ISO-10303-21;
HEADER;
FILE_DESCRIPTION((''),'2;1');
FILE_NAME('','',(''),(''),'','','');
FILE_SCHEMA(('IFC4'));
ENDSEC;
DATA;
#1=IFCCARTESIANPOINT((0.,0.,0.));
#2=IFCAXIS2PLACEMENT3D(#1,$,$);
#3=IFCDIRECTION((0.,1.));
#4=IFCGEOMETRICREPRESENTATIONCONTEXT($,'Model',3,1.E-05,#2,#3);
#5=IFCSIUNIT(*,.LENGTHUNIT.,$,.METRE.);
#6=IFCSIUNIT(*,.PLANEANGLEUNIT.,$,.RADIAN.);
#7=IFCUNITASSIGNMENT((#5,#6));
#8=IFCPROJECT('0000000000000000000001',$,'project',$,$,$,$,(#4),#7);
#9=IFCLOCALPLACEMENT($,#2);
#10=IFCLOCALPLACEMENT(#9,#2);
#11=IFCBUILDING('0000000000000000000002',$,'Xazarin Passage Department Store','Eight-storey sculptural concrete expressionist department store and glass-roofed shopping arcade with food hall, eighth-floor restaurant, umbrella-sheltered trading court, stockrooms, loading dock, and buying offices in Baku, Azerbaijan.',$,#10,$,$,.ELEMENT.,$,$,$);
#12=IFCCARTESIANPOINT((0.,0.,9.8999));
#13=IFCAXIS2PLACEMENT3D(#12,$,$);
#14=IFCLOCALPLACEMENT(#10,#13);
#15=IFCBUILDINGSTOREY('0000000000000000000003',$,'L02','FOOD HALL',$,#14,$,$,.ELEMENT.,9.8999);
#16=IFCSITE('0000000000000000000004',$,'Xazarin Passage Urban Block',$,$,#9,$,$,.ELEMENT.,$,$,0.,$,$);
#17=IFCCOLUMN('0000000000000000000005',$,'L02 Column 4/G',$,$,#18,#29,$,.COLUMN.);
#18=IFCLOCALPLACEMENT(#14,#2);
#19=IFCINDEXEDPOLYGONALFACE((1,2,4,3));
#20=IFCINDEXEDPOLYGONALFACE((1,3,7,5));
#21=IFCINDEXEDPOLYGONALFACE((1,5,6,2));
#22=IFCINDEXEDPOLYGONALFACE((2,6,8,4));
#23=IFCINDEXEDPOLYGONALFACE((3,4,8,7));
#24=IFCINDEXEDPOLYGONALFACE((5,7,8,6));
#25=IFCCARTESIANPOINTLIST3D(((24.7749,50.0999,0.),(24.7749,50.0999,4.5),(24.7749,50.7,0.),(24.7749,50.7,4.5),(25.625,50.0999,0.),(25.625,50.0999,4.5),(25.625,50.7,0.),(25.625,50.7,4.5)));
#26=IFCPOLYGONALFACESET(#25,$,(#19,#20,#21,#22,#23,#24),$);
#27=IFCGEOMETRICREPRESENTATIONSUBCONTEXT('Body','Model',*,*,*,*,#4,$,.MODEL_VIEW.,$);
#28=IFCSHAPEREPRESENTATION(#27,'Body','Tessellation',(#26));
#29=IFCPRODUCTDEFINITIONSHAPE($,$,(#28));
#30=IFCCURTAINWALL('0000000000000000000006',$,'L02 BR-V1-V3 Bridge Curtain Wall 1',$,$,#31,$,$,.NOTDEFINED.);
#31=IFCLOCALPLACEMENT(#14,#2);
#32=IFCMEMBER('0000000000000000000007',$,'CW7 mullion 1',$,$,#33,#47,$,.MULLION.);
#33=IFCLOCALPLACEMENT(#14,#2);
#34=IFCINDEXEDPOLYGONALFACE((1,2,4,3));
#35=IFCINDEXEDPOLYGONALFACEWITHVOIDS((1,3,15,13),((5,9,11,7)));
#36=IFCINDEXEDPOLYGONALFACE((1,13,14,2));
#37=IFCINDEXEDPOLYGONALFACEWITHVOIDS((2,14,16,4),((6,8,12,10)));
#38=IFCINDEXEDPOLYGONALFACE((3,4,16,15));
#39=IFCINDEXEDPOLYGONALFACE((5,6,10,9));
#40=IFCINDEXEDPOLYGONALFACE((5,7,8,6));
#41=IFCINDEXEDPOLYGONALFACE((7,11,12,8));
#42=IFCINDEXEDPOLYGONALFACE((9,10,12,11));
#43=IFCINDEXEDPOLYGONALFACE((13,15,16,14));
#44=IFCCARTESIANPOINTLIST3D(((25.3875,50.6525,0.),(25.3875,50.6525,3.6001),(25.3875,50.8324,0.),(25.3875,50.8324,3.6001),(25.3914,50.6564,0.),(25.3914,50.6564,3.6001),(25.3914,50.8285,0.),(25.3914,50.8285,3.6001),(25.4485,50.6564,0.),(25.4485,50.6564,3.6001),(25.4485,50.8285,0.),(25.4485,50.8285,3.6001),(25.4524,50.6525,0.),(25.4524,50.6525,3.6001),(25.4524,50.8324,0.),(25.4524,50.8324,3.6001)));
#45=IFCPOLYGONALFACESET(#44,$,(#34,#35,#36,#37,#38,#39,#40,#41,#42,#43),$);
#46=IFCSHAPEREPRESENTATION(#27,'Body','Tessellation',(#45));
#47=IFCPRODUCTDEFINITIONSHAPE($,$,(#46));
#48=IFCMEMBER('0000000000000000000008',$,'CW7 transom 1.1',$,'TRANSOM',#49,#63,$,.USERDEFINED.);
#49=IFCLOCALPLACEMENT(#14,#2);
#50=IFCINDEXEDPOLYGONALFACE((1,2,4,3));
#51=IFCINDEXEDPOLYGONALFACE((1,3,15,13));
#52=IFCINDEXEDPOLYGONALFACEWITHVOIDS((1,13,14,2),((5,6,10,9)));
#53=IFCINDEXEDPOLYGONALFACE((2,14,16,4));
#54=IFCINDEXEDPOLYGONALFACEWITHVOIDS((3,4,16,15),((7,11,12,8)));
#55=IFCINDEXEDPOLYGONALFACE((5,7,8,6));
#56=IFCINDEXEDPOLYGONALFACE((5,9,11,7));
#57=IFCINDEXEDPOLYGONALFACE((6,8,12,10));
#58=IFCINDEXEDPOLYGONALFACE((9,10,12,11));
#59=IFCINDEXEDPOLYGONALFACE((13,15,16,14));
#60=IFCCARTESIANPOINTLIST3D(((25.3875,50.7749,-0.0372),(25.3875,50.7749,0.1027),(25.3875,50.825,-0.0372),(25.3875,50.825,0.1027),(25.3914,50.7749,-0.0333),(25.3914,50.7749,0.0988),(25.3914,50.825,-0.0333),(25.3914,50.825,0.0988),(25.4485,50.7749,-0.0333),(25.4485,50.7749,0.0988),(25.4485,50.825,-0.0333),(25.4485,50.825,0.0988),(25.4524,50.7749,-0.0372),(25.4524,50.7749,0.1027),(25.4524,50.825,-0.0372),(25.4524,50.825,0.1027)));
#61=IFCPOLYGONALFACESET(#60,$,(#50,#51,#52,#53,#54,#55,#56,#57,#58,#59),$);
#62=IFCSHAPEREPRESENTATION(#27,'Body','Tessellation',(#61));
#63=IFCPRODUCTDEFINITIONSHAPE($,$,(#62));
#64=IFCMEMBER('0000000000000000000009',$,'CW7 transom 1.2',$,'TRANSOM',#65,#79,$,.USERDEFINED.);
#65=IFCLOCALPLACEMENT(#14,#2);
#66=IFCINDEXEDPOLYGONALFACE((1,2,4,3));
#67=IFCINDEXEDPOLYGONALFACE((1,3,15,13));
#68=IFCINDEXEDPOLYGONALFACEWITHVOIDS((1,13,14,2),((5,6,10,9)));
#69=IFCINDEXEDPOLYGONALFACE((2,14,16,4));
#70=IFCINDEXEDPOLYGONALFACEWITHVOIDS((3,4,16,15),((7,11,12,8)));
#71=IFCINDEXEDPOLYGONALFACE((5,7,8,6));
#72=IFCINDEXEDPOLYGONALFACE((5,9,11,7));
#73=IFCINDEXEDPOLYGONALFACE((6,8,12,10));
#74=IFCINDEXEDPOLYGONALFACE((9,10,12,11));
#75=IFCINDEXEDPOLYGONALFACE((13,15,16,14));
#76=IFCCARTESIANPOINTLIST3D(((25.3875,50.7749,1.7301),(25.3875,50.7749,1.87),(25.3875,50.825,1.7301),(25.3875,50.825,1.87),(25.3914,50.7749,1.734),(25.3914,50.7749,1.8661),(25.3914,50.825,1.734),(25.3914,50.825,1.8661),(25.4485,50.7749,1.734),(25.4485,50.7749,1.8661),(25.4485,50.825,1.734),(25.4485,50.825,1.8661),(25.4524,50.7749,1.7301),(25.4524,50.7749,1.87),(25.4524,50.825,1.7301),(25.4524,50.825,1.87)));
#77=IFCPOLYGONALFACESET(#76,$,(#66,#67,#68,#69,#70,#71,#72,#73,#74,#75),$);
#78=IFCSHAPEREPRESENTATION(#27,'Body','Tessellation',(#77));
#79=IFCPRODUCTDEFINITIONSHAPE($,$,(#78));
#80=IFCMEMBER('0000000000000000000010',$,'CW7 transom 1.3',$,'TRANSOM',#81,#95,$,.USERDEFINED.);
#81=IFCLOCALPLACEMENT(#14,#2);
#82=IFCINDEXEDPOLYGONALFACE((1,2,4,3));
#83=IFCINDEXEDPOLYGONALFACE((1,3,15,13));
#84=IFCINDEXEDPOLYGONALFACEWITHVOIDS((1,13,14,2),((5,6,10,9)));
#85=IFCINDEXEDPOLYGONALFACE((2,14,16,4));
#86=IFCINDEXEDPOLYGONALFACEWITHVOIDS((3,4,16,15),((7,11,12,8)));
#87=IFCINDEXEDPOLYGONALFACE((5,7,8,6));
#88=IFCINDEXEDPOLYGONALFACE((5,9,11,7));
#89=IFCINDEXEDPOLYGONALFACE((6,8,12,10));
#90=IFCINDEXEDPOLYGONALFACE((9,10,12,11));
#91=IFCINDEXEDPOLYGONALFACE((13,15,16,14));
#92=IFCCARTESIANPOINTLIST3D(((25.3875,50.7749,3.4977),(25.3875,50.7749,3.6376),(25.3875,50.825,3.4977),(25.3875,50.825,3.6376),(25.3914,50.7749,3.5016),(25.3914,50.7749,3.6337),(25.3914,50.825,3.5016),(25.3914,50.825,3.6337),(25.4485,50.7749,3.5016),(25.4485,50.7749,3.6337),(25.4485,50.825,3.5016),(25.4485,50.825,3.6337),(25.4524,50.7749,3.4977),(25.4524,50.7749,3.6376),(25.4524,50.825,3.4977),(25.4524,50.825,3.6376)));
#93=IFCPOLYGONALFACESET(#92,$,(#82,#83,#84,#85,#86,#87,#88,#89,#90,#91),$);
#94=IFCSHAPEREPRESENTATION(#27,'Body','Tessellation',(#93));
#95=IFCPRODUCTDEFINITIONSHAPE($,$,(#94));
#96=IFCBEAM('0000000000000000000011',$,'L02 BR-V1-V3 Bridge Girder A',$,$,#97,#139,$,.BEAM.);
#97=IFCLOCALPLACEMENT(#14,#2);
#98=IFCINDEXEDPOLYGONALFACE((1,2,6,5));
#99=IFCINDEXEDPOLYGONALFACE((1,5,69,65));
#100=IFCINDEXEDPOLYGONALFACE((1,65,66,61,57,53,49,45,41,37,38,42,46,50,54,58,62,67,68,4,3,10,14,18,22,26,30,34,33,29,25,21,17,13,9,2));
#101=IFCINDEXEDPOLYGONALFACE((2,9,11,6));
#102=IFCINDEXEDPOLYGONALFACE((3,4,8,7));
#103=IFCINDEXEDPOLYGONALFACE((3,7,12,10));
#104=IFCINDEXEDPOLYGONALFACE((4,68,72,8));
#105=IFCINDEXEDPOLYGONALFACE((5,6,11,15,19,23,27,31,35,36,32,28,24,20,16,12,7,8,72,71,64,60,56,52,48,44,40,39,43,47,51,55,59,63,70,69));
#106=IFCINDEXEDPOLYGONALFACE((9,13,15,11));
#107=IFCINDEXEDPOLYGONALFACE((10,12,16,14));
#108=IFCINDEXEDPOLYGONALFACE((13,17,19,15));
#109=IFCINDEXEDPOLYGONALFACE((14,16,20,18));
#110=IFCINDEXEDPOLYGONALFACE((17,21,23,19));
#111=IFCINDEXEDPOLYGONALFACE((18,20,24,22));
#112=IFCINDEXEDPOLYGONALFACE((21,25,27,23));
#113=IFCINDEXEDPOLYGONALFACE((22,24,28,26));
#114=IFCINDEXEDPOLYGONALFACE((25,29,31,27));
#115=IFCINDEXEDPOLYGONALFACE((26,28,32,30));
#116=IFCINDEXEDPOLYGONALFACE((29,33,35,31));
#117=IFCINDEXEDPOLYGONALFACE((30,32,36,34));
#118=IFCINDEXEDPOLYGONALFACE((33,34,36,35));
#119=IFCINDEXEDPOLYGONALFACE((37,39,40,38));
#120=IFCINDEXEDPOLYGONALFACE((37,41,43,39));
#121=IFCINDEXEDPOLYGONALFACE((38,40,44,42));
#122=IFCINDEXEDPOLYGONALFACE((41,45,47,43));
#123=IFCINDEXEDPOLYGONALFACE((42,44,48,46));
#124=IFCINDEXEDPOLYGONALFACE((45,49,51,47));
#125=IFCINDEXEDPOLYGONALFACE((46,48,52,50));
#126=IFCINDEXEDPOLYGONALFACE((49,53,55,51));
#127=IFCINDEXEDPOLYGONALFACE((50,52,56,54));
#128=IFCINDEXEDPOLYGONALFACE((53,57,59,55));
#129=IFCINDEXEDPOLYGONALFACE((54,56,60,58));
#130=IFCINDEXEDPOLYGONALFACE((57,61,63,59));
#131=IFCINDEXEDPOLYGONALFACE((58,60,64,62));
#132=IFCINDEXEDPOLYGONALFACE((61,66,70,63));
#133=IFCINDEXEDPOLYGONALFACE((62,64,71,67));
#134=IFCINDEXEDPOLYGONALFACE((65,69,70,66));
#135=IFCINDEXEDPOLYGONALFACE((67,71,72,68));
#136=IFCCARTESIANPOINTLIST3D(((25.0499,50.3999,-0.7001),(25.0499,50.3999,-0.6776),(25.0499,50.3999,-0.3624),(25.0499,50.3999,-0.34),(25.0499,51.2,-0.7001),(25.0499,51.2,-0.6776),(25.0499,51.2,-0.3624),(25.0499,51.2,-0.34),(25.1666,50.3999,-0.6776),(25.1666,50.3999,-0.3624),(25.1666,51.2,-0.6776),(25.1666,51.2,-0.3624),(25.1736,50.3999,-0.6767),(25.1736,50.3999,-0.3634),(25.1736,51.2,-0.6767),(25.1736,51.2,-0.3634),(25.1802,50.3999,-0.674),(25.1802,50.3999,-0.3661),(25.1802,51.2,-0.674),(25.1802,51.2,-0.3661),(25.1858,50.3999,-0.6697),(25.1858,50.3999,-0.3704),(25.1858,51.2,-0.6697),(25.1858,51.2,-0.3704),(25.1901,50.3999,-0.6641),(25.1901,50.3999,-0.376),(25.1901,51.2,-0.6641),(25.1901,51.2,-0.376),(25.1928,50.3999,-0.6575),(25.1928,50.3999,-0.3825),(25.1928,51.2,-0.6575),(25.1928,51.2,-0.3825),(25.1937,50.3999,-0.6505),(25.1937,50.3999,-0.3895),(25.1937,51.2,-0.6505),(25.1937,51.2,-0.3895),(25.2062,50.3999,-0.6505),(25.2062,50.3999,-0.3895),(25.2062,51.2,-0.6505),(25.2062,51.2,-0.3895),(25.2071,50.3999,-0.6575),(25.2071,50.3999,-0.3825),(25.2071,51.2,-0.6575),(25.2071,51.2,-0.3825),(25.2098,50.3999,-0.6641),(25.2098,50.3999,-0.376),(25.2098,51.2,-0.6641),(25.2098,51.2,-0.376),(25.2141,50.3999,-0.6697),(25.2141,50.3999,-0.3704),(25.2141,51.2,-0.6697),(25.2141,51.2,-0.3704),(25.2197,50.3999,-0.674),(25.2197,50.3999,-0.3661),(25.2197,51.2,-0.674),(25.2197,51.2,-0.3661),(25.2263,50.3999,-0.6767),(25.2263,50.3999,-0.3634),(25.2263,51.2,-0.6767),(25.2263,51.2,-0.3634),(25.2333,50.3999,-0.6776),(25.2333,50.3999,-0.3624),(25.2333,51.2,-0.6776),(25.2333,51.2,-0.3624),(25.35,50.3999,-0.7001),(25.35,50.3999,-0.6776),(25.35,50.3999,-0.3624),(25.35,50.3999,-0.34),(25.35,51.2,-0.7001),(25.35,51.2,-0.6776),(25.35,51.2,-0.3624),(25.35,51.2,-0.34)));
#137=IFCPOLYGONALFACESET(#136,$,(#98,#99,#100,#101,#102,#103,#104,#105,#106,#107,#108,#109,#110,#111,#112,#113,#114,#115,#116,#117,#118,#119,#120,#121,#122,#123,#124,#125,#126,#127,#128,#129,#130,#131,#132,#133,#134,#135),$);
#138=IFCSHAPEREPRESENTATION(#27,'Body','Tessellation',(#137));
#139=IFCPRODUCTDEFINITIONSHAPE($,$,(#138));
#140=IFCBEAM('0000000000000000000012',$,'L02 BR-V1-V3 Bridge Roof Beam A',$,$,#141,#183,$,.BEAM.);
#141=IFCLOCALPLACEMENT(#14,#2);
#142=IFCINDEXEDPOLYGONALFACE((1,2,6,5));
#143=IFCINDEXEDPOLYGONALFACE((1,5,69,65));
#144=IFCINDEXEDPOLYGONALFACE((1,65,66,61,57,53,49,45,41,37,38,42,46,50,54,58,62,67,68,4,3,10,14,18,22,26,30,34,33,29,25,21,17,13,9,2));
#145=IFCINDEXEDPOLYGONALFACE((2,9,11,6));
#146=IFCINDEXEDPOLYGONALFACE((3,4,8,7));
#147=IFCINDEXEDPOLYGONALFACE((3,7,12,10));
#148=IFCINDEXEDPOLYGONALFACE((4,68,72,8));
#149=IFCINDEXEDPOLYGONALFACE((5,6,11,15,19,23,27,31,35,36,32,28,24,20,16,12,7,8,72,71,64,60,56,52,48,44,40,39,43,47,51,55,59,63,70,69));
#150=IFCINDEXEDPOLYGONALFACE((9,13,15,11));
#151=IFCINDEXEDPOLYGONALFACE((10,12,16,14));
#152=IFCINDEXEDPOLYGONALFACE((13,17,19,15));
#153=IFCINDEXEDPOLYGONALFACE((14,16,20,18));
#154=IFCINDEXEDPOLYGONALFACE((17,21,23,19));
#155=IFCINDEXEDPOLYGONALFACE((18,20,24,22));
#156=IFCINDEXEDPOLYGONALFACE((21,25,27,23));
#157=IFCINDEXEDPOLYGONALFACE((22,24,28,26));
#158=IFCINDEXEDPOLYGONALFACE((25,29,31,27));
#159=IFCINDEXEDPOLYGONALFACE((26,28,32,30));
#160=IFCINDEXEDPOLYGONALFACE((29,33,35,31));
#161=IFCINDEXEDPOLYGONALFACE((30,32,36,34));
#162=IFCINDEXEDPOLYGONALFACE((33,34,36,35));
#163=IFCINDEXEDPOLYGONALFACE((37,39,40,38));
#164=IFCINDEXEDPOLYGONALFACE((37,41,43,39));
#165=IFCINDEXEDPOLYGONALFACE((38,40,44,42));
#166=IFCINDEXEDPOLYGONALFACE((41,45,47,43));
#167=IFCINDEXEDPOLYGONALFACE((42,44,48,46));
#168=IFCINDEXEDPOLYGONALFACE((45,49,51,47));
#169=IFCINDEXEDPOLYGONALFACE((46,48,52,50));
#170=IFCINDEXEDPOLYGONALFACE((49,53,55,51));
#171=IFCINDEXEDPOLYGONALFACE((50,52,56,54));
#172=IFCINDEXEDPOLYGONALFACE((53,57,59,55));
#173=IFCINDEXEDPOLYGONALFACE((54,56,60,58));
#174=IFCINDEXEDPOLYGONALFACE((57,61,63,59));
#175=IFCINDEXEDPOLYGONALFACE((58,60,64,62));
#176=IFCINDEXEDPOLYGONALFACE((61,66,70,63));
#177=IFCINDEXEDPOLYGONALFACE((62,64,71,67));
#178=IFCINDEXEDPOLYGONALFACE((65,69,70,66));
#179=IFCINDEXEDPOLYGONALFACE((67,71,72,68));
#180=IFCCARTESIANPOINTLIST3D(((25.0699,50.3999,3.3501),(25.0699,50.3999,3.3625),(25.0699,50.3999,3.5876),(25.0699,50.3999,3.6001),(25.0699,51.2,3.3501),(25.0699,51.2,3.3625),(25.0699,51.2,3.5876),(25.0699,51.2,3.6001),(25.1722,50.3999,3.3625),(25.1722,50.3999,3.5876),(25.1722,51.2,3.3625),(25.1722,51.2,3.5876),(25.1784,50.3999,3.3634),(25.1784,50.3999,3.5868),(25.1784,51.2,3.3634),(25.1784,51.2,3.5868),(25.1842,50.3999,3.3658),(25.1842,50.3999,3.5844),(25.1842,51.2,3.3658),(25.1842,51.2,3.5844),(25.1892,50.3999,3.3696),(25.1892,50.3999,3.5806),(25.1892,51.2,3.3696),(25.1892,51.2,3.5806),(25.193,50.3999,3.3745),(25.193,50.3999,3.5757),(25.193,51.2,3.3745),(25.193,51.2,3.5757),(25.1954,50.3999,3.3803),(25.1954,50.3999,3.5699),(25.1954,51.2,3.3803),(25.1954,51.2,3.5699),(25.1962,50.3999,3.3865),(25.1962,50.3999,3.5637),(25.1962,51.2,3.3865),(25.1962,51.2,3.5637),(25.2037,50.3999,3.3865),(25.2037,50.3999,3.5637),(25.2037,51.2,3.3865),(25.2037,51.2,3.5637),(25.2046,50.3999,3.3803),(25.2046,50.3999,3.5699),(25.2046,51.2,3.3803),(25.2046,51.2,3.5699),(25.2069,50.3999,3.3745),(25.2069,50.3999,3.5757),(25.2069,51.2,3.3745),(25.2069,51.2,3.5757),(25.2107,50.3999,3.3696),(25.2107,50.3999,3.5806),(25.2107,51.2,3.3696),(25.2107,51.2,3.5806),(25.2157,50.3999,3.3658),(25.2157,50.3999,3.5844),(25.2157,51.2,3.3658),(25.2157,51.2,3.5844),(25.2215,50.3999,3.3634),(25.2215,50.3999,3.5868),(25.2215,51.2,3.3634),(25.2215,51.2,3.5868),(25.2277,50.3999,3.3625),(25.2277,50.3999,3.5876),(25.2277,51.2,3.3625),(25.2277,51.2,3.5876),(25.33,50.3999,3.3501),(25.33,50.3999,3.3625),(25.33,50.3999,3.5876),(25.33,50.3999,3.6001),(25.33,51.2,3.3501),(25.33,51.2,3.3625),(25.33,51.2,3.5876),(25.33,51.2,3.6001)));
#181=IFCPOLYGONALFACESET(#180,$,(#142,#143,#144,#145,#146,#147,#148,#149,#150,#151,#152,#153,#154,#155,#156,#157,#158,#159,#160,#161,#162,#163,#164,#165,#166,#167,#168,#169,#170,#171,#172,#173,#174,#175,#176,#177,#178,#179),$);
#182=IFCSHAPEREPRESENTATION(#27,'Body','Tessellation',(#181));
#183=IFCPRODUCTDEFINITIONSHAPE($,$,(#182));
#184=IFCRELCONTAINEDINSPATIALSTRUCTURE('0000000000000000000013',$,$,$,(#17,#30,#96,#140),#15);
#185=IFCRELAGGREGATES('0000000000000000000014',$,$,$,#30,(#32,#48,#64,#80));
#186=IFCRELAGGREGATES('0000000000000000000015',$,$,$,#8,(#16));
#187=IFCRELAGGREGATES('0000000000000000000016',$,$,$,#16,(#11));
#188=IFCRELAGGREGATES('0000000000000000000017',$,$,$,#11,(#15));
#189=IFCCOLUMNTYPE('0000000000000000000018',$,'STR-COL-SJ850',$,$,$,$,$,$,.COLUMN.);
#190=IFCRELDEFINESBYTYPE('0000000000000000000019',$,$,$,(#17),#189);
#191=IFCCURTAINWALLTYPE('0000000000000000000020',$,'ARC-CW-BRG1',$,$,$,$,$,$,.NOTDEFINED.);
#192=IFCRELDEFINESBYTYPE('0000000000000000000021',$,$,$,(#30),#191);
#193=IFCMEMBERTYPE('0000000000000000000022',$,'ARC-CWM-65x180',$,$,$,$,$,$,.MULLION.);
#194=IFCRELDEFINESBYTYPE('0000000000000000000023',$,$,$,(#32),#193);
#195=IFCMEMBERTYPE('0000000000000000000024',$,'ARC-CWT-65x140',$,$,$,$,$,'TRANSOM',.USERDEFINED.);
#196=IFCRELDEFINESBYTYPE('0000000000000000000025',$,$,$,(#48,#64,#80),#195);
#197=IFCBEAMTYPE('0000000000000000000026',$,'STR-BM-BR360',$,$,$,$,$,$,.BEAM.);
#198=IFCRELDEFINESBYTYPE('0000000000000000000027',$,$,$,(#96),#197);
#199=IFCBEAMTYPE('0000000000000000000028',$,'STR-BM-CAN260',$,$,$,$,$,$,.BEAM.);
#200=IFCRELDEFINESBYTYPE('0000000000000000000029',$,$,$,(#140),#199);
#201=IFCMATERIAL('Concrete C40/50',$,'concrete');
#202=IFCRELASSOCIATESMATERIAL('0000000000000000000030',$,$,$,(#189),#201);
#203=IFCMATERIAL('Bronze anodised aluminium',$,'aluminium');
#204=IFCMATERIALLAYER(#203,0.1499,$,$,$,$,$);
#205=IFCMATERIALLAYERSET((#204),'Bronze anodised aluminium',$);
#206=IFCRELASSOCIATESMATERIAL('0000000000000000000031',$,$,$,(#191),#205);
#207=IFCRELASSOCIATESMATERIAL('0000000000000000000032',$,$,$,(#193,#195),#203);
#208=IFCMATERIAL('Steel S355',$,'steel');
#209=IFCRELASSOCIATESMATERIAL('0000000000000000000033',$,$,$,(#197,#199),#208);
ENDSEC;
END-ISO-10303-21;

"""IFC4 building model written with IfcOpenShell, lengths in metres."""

from ifc_helpers import new_model, si_unit, direction, frame, origin, origin_2d, place, context, subcontext, project, spatial, rectangle, hollow_rectangle, i_section, extrude, material, layer, layer_set, material_profile, profile_set, type_object, element, aggregate, save


model = new_model("IFC4")

# Units and contexts
model_context = context("Model", 3, precision=1e-05, world=origin(), true_north=direction((0.0, 1.0)))
body_context = subcontext(model_context, "Body", "Model", "MODEL_VIEW")
ifc_project = project(units=[si_unit("LENGTHUNIT", "METRE"), si_unit("PLANEANGLEUNIT", "RADIAN")], contexts=[model_context])

# Site, building, storey
site_placement = place(None, origin())
site = spatial("IfcSite", under=ifc_project, at=site_placement, Name="Xazarin Passage Urban Block", CompositionType="ELEMENT", RefElevation=0.0)
building_placement = place(site_placement, origin())
building = spatial("IfcBuilding", under=site, at=building_placement, Name="Xazarin Passage Department Store", Description="Eight-storey sculptural concrete expressionist department store and glass-roofed shopping arcade with food hall, eighth-floor restaurant, umbrella-sheltered trading court, stockrooms, loading dock, and buying offices in Baku, Azerbaijan.", CompositionType="ELEMENT")
storey_placement = place(building_placement, frame((0.0, 0.0, 9.8999)))
storey = spatial("IfcBuildingStorey", under=building, at=storey_placement, Name="L02", Description="FOOD HALL", CompositionType="ELEMENT", Elevation=9.8999)

# Column
ifc_material_1 = material(Name="Concrete C40/50", Category="concrete")
ifc_material_profile_1 = material_profile(ifc_material_1, rectangle(XDim=0.6001, YDim=0.8501, at=origin_2d()), Name="RC 600x850")
ifc_profile_set_1 = profile_set([ifc_material_profile_1], Name="Concrete C40/50")
column_type = type_object("IfcColumnType", Name="STR-COL-SJ850", PredefinedType="COLUMN", material=ifc_profile_set_1)
column_placement = place(storey_placement, frame((25.2, 50.3999, 0.0), z_axis=(0.0, 0.0, 1.0), x_axis=(0.0, 1.0, 0.0)))
element("IfcColumn", 1, at=column_placement, inside=storey, type_object=column_type, Name="L02 Column 4/G", PredefinedType="COLUMN", context=body_context, shape_type="SweptSolid", body=[
    extrude(rectangle(XDim=0.6001, YDim=0.8501, at=origin_2d()), origin(), (0.0, 0.0, 1.0), 4.5),
])

# Curtain wall, members
ifc_material_2 = material(Name="Bronze anodised aluminium", Category="aluminium")
ifc_layer_1 = layer(ifc_material_2, 0.1499)
ifc_layer_set_1 = layer_set([ifc_layer_1], Name="Bronze anodised aluminium")
curtain_wall_type = type_object("IfcCurtainWallType", Name="ARC-CW-BRG1", PredefinedType="NOTDEFINED", material=ifc_layer_set_1)
curtain_wall_placement = place(storey_placement, origin())
curtain_wall = element("IfcCurtainWall", 2, at=curtain_wall_placement, inside=storey, type_object=curtain_wall_type, Name="L02 BR-V1-V3 Bridge Curtain Wall 1", PredefinedType="NOTDEFINED")
ifc_material_profile_2 = material_profile(ifc_material_2, hollow_rectangle(XDim=0.0649, YDim=0.1799, WallThickness=0.0039, at=origin_2d()), Name="ALU 65x180")
ifc_profile_set_2 = profile_set([ifc_material_profile_2], Name="Bronze anodised aluminium")
member_type_1 = type_object("IfcMemberType", Name="ARC-CWM-65x180", PredefinedType="MULLION", material=ifc_profile_set_2)
member_1_placement = place(storey_placement, frame((25.4199, 50.7424, 0.0), z_axis=(0.0, 0.0, 1.0), x_axis=(-1.0, 0.0, 0.0)))
member_1 = element("IfcMember", 3, at=member_1_placement, type_object=member_type_1, Name="CW7 mullion 1", PredefinedType="MULLION", context=body_context, shape_type="SweptSolid", body=[
    extrude(hollow_rectangle(XDim=0.0649, YDim=0.1799, WallThickness=0.0039, at=origin_2d()), origin(), (0.0, 0.0, 1.0), 3.6001),
])
ifc_material_profile_3 = material_profile(ifc_material_2, hollow_rectangle(XDim=0.0649, YDim=0.1399, WallThickness=0.0039, at=origin_2d()), Name="ALU 65x140")
ifc_profile_set_3 = profile_set([ifc_material_profile_3], Name="Bronze anodised aluminium")
member_type_2 = type_object("IfcMemberType", Name="ARC-CWT-65x140", ElementType="TRANSOM", PredefinedType="USERDEFINED", material=ifc_profile_set_3)
member_2_placement = place(storey_placement, frame((25.4199, 50.7749, 0.0327), z_axis=(0.0, 1.0, 0.0), x_axis=(-1.0, 0.0, 0.0)))
member_2 = element("IfcMember", 4, at=member_2_placement, type_object=member_type_2, Name="CW7 transom 1.1", ObjectType="TRANSOM", PredefinedType="USERDEFINED", context=body_context, shape_type="SweptSolid", body=[
    extrude(hollow_rectangle(XDim=0.0649, YDim=0.1399, WallThickness=0.0039, at=origin_2d()), origin(), (0.0, 0.0, 1.0), 0.05),
])
member_3_placement = place(storey_placement, frame((25.4199, 50.7749, 1.8), z_axis=(0.0, 1.0, 0.0), x_axis=(-1.0, 0.0, 0.0)))
member_3 = element("IfcMember", 5, at=member_3_placement, type_object=member_type_2, Name="CW7 transom 1.2", ObjectType="TRANSOM", PredefinedType="USERDEFINED", context=body_context, shape_type="SweptSolid", body=[
    extrude(hollow_rectangle(XDim=0.0649, YDim=0.1399, WallThickness=0.0039, at=origin_2d()), origin(), (0.0, 0.0, 1.0), 0.05),
])
member_4_placement = place(storey_placement, frame((25.4199, 50.7749, 3.5676), z_axis=(0.0, 1.0, 0.0), x_axis=(-1.0, 0.0, 0.0)))
member_4 = element("IfcMember", 6, at=member_4_placement, type_object=member_type_2, Name="CW7 transom 1.3", ObjectType="TRANSOM", PredefinedType="USERDEFINED", context=body_context, shape_type="SweptSolid", body=[
    extrude(hollow_rectangle(XDim=0.0649, YDim=0.1399, WallThickness=0.0039, at=origin_2d()), origin(), (0.0, 0.0, 1.0), 0.05),
])

# Beams
ifc_material_3 = material(Name="Steel S355", Category="steel")
ifc_material_profile_4 = material_profile(ifc_material_3, i_section(OverallWidth=0.3, OverallDepth=0.3601, WebThickness=0.0125, FlangeThickness=0.0225, FilletRadius=0.0271, at=origin_2d()), Name="HEB 360")
ifc_profile_set_4 = profile_set([ifc_material_profile_4], Name="Steel S355")
beam_type_1 = type_object("IfcBeamType", Name="STR-BM-BR360", PredefinedType="BEAM", material=ifc_profile_set_4)
beam_1_placement = place(storey_placement, frame((25.2, 50.3999, -0.52), z_axis=(0.0, 1.0, 0.0), x_axis=(-1.0, 0.0, 0.0)))
element("IfcBeam", 7, at=beam_1_placement, inside=storey, type_object=beam_type_1, Name="L02 BR-V1-V3 Bridge Girder A", PredefinedType="BEAM", context=body_context, shape_type="SweptSolid", body=[
    extrude(i_section(OverallWidth=0.3, OverallDepth=0.3601, WebThickness=0.0125, FlangeThickness=0.0225, FilletRadius=0.0271, at=origin_2d()), origin(), (0.0, 0.0, 1.0), 0.8),
])
ifc_material_profile_5 = material_profile(ifc_material_3, i_section(OverallWidth=0.26, OverallDepth=0.25, WebThickness=0.0076, FlangeThickness=0.0125, FilletRadius=0.0239, at=origin_2d()), Name="HEA 260")
ifc_profile_set_5 = profile_set([ifc_material_profile_5], Name="Steel S355")
beam_type_2 = type_object("IfcBeamType", Name="STR-BM-CAN260", PredefinedType="BEAM", material=ifc_profile_set_5)
beam_2_placement = place(storey_placement, frame((25.2, 50.3999, 3.4751), z_axis=(0.0, 1.0, 0.0), x_axis=(-1.0, 0.0, 0.0)))
element("IfcBeam", 8, at=beam_2_placement, inside=storey, type_object=beam_type_2, Name="L02 BR-V1-V3 Bridge Roof Beam A", PredefinedType="BEAM", context=body_context, shape_type="SweptSolid", body=[
    extrude(i_section(OverallWidth=0.26, OverallDepth=0.25, WebThickness=0.0076, FlangeThickness=0.0125, FilletRadius=0.0239, at=origin_2d()), origin(), (0.0, 0.0, 1.0), 0.8),
])

aggregate(curtain_wall, [member_1, member_2, member_3, member_4])

save(model, "model.ifc")
